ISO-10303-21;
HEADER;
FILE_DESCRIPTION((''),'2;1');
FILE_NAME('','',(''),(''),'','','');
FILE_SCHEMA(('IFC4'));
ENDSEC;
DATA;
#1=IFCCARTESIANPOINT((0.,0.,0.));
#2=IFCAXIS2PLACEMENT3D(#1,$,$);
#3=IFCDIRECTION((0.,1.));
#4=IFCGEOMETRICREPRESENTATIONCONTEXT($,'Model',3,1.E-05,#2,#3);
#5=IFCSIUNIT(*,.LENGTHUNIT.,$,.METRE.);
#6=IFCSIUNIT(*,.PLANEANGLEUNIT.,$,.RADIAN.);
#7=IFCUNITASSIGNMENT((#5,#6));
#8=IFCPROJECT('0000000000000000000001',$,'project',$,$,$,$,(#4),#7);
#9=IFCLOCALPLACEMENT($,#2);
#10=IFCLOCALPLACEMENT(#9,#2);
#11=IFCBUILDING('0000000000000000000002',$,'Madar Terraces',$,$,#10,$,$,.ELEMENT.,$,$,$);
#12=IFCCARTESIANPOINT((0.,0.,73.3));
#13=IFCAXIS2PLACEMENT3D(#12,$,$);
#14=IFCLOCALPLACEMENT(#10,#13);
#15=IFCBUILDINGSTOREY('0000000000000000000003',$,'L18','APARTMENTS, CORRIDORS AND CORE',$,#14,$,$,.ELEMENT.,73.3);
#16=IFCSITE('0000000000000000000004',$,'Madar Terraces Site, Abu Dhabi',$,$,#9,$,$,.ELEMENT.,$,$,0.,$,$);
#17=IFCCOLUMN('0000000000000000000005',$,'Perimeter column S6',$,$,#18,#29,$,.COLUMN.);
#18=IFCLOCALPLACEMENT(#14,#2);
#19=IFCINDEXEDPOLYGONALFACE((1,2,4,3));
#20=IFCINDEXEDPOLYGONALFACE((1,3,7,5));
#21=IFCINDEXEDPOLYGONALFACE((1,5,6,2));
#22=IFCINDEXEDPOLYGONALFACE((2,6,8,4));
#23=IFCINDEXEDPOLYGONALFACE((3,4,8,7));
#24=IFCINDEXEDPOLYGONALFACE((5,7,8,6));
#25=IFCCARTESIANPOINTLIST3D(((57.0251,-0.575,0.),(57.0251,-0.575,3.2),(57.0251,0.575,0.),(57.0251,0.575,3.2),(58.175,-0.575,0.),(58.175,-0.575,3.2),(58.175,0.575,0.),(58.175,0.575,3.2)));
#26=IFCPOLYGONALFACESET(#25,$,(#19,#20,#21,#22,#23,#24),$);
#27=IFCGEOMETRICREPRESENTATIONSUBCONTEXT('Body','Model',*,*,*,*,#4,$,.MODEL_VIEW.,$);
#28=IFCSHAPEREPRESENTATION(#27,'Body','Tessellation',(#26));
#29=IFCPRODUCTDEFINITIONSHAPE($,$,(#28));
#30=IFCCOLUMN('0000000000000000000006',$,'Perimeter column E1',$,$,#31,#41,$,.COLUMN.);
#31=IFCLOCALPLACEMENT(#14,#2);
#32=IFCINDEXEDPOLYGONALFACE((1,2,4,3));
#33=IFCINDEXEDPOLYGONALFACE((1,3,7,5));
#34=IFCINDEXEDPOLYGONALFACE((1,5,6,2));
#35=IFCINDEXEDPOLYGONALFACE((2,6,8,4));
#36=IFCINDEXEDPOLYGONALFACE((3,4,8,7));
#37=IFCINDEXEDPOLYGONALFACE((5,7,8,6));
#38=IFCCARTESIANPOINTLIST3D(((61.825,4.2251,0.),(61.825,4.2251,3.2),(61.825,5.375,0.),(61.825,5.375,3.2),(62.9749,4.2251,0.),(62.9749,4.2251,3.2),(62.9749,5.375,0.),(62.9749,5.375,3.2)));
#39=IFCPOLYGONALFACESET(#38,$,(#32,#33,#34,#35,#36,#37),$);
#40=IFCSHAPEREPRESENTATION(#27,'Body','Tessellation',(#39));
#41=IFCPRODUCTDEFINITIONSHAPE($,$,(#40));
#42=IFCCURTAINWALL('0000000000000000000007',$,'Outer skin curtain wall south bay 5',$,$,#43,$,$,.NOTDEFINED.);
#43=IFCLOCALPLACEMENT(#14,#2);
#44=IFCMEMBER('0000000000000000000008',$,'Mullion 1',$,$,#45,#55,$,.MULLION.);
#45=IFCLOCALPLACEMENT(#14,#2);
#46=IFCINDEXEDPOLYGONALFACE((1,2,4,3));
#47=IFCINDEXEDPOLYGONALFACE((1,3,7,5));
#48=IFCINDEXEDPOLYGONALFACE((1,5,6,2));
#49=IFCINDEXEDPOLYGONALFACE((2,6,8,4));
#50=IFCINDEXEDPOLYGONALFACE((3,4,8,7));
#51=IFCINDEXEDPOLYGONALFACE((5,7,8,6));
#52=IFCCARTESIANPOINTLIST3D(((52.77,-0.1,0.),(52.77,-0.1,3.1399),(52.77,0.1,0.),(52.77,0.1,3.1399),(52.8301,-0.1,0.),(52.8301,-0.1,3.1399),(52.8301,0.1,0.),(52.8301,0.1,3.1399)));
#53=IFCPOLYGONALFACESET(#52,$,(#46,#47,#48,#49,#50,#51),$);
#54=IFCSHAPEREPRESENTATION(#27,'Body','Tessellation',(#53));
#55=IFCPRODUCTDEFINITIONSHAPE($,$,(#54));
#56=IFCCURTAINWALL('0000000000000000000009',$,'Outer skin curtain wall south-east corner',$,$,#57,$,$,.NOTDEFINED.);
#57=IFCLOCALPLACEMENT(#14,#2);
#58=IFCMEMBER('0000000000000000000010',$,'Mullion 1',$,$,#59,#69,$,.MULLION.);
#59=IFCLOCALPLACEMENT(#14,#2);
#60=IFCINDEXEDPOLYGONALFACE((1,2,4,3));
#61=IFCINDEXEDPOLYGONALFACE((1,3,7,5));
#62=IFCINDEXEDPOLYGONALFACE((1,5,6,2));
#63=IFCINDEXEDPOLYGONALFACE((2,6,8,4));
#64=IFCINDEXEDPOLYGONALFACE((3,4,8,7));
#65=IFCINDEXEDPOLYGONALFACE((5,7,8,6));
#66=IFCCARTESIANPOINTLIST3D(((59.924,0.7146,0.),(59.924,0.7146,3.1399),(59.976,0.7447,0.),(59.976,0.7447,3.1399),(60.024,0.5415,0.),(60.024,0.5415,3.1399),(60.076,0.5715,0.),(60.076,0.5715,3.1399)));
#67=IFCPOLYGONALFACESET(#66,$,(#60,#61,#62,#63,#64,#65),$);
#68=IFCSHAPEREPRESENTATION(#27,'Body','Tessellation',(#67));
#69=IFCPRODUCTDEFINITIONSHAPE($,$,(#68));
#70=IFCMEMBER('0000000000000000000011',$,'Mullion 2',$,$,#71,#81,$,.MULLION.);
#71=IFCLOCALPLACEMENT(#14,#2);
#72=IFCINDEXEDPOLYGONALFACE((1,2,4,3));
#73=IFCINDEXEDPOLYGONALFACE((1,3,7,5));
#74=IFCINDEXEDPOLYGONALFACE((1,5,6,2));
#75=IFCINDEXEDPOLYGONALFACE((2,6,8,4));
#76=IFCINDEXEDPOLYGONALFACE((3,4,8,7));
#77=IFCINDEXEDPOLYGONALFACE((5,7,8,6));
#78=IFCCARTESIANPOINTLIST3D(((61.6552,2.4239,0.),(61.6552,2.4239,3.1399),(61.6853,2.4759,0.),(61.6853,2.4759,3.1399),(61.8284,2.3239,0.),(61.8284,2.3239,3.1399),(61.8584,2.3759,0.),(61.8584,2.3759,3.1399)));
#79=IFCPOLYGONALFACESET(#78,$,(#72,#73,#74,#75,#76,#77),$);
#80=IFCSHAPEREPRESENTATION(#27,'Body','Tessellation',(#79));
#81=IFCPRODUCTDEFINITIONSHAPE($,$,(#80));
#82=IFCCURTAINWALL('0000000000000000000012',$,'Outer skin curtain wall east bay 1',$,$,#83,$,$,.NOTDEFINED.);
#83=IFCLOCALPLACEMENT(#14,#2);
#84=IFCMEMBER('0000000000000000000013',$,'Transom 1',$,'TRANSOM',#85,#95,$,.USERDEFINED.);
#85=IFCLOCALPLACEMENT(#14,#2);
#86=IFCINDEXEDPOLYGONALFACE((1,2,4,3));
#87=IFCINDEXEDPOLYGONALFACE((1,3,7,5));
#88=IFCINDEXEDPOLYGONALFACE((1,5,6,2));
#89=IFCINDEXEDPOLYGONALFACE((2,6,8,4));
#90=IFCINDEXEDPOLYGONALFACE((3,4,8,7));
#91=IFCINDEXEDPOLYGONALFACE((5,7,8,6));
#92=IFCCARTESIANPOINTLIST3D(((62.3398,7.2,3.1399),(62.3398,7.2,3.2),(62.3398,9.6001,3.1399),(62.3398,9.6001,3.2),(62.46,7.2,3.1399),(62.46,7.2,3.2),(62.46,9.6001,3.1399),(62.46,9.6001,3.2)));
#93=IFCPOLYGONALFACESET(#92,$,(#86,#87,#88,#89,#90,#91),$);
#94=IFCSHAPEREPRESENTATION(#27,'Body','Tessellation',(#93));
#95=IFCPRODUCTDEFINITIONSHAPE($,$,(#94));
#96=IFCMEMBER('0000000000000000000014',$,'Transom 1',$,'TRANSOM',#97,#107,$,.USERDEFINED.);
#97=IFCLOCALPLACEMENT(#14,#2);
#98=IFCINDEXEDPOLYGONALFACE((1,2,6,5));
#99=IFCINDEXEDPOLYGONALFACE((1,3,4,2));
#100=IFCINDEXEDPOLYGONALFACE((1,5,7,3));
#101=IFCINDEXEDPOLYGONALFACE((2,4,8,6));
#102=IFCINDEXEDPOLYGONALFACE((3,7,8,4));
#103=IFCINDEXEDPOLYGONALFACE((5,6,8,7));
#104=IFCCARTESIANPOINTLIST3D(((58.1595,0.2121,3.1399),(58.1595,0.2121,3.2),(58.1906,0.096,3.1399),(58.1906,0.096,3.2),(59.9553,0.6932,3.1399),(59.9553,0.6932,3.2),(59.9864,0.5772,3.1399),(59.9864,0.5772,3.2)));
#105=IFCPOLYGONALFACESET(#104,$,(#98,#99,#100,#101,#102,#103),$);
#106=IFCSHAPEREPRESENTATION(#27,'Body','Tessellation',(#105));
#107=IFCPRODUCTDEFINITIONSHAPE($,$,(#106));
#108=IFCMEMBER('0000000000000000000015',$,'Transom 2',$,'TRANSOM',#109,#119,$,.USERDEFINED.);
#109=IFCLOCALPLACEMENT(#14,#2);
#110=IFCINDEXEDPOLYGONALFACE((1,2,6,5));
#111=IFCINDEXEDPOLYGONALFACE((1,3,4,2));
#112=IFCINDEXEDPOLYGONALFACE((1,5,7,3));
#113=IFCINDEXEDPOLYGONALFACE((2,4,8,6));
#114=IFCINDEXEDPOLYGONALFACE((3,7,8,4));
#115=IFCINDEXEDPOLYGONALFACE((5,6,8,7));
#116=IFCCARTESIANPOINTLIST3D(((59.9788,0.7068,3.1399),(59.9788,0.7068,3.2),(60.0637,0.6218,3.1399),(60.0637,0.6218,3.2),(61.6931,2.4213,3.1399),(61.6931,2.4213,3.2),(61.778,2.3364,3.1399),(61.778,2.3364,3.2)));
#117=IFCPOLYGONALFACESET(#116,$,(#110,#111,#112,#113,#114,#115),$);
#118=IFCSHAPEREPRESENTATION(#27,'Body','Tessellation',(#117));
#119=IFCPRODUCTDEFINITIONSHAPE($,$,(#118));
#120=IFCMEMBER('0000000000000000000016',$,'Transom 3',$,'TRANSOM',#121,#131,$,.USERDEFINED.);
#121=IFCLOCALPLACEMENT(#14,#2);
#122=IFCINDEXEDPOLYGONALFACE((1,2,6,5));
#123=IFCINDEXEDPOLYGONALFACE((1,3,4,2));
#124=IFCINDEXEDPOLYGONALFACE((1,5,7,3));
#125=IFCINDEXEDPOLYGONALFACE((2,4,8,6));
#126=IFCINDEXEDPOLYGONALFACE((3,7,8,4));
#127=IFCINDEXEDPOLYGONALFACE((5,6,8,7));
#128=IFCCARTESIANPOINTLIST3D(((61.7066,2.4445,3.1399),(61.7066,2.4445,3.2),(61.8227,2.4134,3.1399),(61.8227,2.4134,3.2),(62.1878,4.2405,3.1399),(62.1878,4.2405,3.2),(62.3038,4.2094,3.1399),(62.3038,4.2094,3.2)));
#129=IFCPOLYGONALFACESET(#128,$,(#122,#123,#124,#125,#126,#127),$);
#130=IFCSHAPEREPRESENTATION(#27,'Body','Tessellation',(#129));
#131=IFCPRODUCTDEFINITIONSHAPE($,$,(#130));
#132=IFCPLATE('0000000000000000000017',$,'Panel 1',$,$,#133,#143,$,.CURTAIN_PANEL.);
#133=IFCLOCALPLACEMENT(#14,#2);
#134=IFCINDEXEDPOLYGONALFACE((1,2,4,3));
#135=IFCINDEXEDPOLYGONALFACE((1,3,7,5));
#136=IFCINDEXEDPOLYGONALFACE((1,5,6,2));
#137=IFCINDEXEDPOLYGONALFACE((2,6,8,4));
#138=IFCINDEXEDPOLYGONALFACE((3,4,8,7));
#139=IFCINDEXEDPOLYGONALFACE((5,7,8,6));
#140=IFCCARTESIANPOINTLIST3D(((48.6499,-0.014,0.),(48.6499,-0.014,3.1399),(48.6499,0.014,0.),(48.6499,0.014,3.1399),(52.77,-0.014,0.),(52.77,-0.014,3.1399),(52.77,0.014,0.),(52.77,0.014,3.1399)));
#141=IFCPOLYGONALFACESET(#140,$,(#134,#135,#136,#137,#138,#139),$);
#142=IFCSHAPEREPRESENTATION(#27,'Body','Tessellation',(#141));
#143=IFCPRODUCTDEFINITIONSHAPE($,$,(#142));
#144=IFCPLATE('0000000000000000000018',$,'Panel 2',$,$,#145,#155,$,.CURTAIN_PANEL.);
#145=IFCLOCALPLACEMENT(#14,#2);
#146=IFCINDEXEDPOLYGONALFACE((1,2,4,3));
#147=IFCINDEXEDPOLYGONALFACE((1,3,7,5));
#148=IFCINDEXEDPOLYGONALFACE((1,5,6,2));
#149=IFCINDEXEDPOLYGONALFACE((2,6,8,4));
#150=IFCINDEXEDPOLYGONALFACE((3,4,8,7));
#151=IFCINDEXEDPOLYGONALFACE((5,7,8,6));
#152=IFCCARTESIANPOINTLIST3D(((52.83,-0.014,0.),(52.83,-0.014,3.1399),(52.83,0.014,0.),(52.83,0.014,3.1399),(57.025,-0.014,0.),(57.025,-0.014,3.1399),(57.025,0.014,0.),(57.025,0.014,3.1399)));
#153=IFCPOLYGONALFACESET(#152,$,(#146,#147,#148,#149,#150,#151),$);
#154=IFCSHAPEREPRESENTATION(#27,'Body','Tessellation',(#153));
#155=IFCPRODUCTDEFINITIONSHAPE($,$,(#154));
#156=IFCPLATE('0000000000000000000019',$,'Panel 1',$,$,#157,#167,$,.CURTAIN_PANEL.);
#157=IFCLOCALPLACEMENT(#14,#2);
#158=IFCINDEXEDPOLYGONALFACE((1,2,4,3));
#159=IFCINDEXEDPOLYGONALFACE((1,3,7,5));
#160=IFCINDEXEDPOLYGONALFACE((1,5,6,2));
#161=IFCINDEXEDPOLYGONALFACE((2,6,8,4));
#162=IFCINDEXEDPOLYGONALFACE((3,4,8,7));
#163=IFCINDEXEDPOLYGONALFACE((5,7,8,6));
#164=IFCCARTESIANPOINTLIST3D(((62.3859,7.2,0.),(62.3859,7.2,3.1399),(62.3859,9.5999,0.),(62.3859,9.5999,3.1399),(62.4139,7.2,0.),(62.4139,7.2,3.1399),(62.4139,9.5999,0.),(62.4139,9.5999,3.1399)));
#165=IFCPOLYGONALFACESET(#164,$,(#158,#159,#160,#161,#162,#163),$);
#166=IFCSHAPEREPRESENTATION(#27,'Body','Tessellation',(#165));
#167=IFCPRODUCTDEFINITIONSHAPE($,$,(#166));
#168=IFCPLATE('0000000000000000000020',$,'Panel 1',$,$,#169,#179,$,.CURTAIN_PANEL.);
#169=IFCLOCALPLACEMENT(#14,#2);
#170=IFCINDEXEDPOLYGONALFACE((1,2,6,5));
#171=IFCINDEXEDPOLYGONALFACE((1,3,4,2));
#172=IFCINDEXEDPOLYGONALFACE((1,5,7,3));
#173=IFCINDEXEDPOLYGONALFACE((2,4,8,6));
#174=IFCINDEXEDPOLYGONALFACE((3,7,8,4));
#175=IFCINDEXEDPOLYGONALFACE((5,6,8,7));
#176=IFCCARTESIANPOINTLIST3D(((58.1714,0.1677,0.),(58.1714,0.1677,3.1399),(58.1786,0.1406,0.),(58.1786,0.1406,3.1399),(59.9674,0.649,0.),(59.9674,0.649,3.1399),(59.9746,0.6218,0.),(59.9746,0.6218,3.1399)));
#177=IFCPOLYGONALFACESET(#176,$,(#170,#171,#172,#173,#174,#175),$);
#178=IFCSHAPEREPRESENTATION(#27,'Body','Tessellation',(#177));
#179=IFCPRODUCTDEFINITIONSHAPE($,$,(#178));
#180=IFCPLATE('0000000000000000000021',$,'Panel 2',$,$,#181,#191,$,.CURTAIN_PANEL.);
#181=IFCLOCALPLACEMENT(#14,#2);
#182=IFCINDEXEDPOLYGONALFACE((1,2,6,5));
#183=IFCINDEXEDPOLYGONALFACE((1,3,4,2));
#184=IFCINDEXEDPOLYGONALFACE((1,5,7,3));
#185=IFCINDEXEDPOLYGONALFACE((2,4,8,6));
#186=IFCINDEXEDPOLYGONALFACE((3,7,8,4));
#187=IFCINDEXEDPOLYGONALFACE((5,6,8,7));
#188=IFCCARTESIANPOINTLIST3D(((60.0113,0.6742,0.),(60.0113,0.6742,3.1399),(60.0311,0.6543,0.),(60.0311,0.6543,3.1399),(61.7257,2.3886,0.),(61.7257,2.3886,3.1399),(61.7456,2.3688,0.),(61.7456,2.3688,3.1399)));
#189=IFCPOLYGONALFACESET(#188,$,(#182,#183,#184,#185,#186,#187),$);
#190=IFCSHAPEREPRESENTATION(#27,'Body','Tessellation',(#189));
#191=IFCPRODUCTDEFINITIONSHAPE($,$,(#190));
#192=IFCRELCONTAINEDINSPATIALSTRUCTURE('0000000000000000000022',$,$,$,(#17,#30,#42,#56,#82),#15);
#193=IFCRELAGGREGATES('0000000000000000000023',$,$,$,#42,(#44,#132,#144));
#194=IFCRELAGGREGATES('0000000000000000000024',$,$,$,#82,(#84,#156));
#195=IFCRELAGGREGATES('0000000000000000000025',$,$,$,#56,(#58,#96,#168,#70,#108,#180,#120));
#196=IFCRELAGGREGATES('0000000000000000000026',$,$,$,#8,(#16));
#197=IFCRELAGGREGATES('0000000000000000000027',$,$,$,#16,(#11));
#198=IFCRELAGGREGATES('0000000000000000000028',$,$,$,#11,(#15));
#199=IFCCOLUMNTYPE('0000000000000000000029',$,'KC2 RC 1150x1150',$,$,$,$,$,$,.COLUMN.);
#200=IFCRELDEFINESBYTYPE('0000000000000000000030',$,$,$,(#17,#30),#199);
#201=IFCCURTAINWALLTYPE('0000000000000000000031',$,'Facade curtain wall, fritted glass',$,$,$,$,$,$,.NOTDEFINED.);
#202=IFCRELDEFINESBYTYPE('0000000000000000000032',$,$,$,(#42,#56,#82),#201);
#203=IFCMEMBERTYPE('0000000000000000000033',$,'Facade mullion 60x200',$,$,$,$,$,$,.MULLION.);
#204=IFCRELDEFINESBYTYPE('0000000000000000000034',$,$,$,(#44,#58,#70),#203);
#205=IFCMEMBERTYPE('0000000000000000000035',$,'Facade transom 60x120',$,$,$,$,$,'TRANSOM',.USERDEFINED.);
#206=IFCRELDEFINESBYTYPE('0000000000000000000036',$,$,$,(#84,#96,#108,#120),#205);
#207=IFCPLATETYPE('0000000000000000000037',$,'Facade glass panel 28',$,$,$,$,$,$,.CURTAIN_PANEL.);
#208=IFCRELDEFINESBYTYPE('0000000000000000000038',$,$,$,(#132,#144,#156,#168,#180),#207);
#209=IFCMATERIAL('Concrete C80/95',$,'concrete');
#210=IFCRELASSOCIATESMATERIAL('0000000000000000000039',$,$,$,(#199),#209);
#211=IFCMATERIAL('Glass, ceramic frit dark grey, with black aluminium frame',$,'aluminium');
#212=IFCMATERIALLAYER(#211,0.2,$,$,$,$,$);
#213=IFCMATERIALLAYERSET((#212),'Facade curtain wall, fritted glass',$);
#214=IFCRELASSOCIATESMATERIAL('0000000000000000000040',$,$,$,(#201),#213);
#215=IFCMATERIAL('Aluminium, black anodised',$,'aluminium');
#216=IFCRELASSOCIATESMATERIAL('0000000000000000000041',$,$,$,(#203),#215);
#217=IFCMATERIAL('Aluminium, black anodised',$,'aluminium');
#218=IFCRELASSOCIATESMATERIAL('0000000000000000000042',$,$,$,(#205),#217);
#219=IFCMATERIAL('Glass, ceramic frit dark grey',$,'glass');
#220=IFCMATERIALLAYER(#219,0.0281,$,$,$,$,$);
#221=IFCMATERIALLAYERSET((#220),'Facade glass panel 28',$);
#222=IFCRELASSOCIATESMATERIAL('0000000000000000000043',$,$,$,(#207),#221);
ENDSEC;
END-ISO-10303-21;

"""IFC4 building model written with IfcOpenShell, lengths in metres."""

from ifc_helpers import new_model, si_unit, direction, frame, origin, origin_2d, place, context, subcontext, project, spatial, rectangle, extrude, material, layer, layer_set, material_profile, profile_set, type_object, element, aggregate, save


model = new_model("IFC4")

# Units and contexts
model_context = context("Model", 3, precision=1e-05, world=origin(), true_north=direction((0.0, 1.0)))
body_context = subcontext(model_context, "Body", "Model", "MODEL_VIEW")
ifc_project = project(units=[si_unit("LENGTHUNIT", "METRE"), si_unit("PLANEANGLEUNIT", "RADIAN")], contexts=[model_context])

# Site, building, storey
site_placement = place(None, origin())
site = spatial("IfcSite", under=ifc_project, at=site_placement, Name="Madar Terraces Site, Abu Dhabi", CompositionType="ELEMENT", RefElevation=0.0)
building_placement = place(site_placement, origin())
building = spatial("IfcBuilding", under=site, at=building_placement, Name="Madar Terraces", CompositionType="ELEMENT")
storey_placement = place(building_placement, frame((0.0, 0.0, 73.3)))
storey = spatial("IfcBuildingStorey", under=building, at=storey_placement, Name="L18", Description="APARTMENTS, CORRIDORS AND CORE", CompositionType="ELEMENT", Elevation=73.3)

# Columns
ifc_material_1 = material(Name="Concrete C80/95", Category="concrete")
ifc_material_profile_1 = material_profile(ifc_material_1, rectangle(XDim=1.1499, YDim=1.1499, at=origin_2d()), Name="KC2 RC 1150x1150")
ifc_profile_set_1 = profile_set([ifc_material_profile_1], Name="Concrete C80/95")
column_type = type_object("IfcColumnType", Name="KC2 RC 1150x1150", PredefinedType="COLUMN", material=ifc_profile_set_1)
for number, where, z_axis, x_axis, name in (
    (1, (57.6001, 0.0, 0.0), (0.0, 0.0, 1.0), (1.0, 0.0, 0.0), "Perimeter column S6"),
    (2, (62.3999, 4.8, 0.0), (0.0, 0.0, 1.0), (1.0, 0.0, 0.0), "Perimeter column E1"),
):
    element("IfcColumn", number, at=place(storey_placement, frame(where, z_axis=z_axis, x_axis=x_axis)), inside=storey, type_object=column_type, Name=name, PredefinedType="COLUMN", context=body_context, shape_type="SweptSolid", body=[
        extrude(rectangle(XDim=1.1499, YDim=1.1499, at=origin_2d()), origin(), (0.0, 0.0, 1.0), 3.2),
    ])

# Curtain wall, member
ifc_material_2 = material(Name="Glass, ceramic frit dark grey, with black aluminium frame", Category="aluminium")
ifc_layer_1 = layer(ifc_material_2, 0.2)
ifc_layer_set_1 = layer_set([ifc_layer_1], Name="Facade curtain wall, fritted glass")
curtain_wall_type = type_object("IfcCurtainWallType", Name="Facade curtain wall, fritted glass", PredefinedType="NOTDEFINED", material=ifc_layer_set_1)
curtain_wall_1_placement = place(storey_placement, origin())
curtain_wall_1 = element("IfcCurtainWall", 3, at=curtain_wall_1_placement, inside=storey, type_object=curtain_wall_type, Name="Outer skin curtain wall south bay 5", PredefinedType="NOTDEFINED")
ifc_material_3 = material(Name="Aluminium, black anodised", Category="aluminium")
ifc_material_profile_2 = material_profile(ifc_material_3, rectangle(XDim=0.2, YDim=0.0601, at=origin_2d()), Name="Facade mullion 60x200")
ifc_profile_set_2 = profile_set([ifc_material_profile_2], Name="Aluminium, black anodised")
member_type_1 = type_object("IfcMemberType", Name="Facade mullion 60x200", PredefinedType="MULLION", material=ifc_profile_set_2)
member_1_placement = place(storey_placement, frame((52.8, 0.0, 0.0), z_axis=(0.0, 0.0, 1.0), x_axis=(0.0, 1.0, 0.0)))
member_1 = element("IfcMember", 4, at=member_1_placement, type_object=member_type_1, Name="Mullion 1", PredefinedType="MULLION", context=body_context, shape_type="SweptSolid", body=[
    extrude(rectangle(XDim=0.2, YDim=0.0601, at=origin_2d()), origin(), (0.0, 0.0, 1.0), 3.1399),
])

# Curtain wall, members
curtain_wall_2_placement = place(storey_placement, origin())
curtain_wall_2 = element("IfcCurtainWall", 5, at=curtain_wall_2_placement, inside=storey, type_object=curtain_wall_type, Name="Outer skin curtain wall south-east corner", PredefinedType="NOTDEFINED")
member_2_placement = place(storey_placement, frame((60.0, 0.6431, 0.0), z_axis=(0.0, 0.0, 1.0), x_axis=(-0.5, 0.866025, 0.0)))
member_2 = element("IfcMember", 6, at=member_2_placement, type_object=member_type_1, Name="Mullion 1", PredefinedType="MULLION", context=body_context, shape_type="SweptSolid", body=[
    extrude(rectangle(XDim=0.2, YDim=0.0601, at=origin_2d()), origin(), (0.0, 0.0, 1.0), 3.1399),
])
member_3_placement = place(storey_placement, frame((61.7568, 2.3999, 0.0), z_axis=(0.0, 0.0, 1.0), x_axis=(-0.866025, 0.5, 0.0)))
member_3 = element("IfcMember", 7, at=member_3_placement, type_object=member_type_1, Name="Mullion 2", PredefinedType="MULLION", context=body_context, shape_type="SweptSolid", body=[
    extrude(rectangle(XDim=0.2, YDim=0.0601, at=origin_2d()), origin(), (0.0, 0.0, 1.0), 3.1399),
])

# Curtain wall, member
curtain_wall_3_placement = place(storey_placement, origin())
curtain_wall_3 = element("IfcCurtainWall", 8, at=curtain_wall_3_placement, inside=storey, type_object=curtain_wall_type, Name="Outer skin curtain wall east bay 1", PredefinedType="NOTDEFINED")
ifc_material_4 = material(Name="Aluminium, black anodised", Category="aluminium")
ifc_material_profile_3 = material_profile(ifc_material_4, rectangle(XDim=0.1201, YDim=0.0601, at=origin_2d()), Name="Facade transom 60x120")
ifc_profile_set_3 = profile_set([ifc_material_profile_3], Name="Aluminium, black anodised")
member_type_2 = type_object("IfcMemberType", Name="Facade transom 60x120", ElementType="TRANSOM", PredefinedType="USERDEFINED", material=ifc_profile_set_3)
member_4_placement = place(storey_placement, frame((62.3999, 7.2, 3.1699), z_axis=(0.0, 1.0, 0.0), x_axis=(-1.0, 0.0, 0.0)))
member_4 = element("IfcMember", 9, at=member_4_placement, type_object=member_type_2, Name="Transom 1", ObjectType="TRANSOM", PredefinedType="USERDEFINED", context=body_context, shape_type="SweptSolid", body=[
    extrude(rectangle(XDim=0.1201, YDim=0.0601, at=origin_2d()), origin(), (0.0, 0.0, 1.0), 2.4001),
])

# Members
member_5_placement = place(storey_placement, frame((58.175, 0.1541, 3.1699), z_axis=(0.965927, 0.258815, 0.0), x_axis=(-0.258815, 0.965927, 0.0)))
member_5 = element("IfcMember", 10, at=member_5_placement, type_object=member_type_2, Name="Transom 1", ObjectType="TRANSOM", PredefinedType="USERDEFINED", context=body_context, shape_type="SweptSolid", body=[
    extrude(rectangle(XDim=0.1201, YDim=0.0601, at=origin_2d()), origin(), (0.0, 0.0, 1.0), 1.8591),
])
member_6_placement = place(storey_placement, frame((60.0212, 0.6643, 3.1699), z_axis=(0.707056, 0.707157, 0.0), x_axis=(-0.707157, 0.707056, 0.0)))
member_6 = element("IfcMember", 11, at=member_6_placement, type_object=member_type_2, Name="Transom 2", ObjectType="TRANSOM", PredefinedType="USERDEFINED", context=body_context, shape_type="SweptSolid", body=[
    extrude(rectangle(XDim=0.1201, YDim=0.0601, at=origin_2d()), origin(), (0.0, 0.0, 1.0), 2.4246),
])
member_7_placement = place(storey_placement, frame((61.7646, 2.429, 3.1699), z_axis=(0.258782, 0.965936, 0.0), x_axis=(-0.965936, 0.258782, 0.0)))
member_7 = element("IfcMember", 12, at=member_7_placement, type_object=member_type_2, Name="Transom 3", ObjectType="TRANSOM", PredefinedType="USERDEFINED", context=body_context, shape_type="SweptSolid", body=[
    extrude(rectangle(XDim=0.1201, YDim=0.0601, at=origin_2d()), origin(), (0.0, 0.0, 1.0), 1.8594),
])

# Plates
ifc_material_5 = material(Name="Glass, ceramic frit dark grey", Category="glass")
ifc_layer_2 = layer(ifc_material_5, 0.0281)
ifc_layer_set_2 = layer_set([ifc_layer_2], Name="Facade glass panel 28")
plate_type = type_object("IfcPlateType", Name="Facade glass panel 28", PredefinedType="CURTAIN_PANEL", material=ifc_layer_set_2)
plate_1_placement = place(storey_placement, frame((50.71, 0.0, 0.0), z_axis=(0.0, 0.0, 1.0), x_axis=(1.0, 0.0, 0.0)))
plate_1 = element("IfcPlate", 13, at=plate_1_placement, type_object=plate_type, Name="Panel 1", PredefinedType="CURTAIN_PANEL", context=body_context, shape_type="SweptSolid", body=[
    extrude(rectangle(XDim=4.1201, YDim=0.0281, at=origin_2d()), origin(), (0.0, 0.0, 1.0), 3.1399),
])
plate_2_placement = place(storey_placement, frame((54.9275, 0.0, 0.0), z_axis=(0.0, 0.0, 1.0), x_axis=(1.0, 0.0, 0.0)))
plate_2 = element("IfcPlate", 14, at=plate_2_placement, type_object=plate_type, Name="Panel 2", PredefinedType="CURTAIN_PANEL", context=body_context, shape_type="SweptSolid", body=[
    extrude(rectangle(XDim=4.1951, YDim=0.0281, at=origin_2d()), origin(), (0.0, 0.0, 1.0), 3.1399),
])
aggregate(curtain_wall_1, [member_1, plate_1, plate_2])
plate_3_placement = place(storey_placement, frame((62.3999, 8.3999, 0.0), z_axis=(0.0, 0.0, 1.0), x_axis=(0.0, 1.0, 0.0)))
plate_3 = element("IfcPlate", 15, at=plate_3_placement, type_object=plate_type, Name="Panel 1", PredefinedType="CURTAIN_PANEL", context=body_context, shape_type="SweptSolid", body=[
    extrude(rectangle(XDim=2.3999, YDim=0.0281, at=origin_2d()), origin(), (0.0, 0.0, 1.0), 3.1399),
])
aggregate(curtain_wall_3, [member_4, plate_3])
plate_4_placement = place(storey_placement, frame((59.073, 0.3948, 0.0), z_axis=(0.0, 0.0, 1.0), x_axis=(0.965926, 0.258819, 0.0)))
plate_4 = element("IfcPlate", 16, at=plate_4_placement, type_object=plate_type, Name="Panel 1", PredefinedType="CURTAIN_PANEL", context=body_context, shape_type="SweptSolid", body=[
    extrude(rectangle(XDim=1.8594, YDim=0.0281, at=origin_2d()), origin(), (0.0, 0.0, 1.0), 3.1399),
])
plate_5_placement = place(storey_placement, frame((60.8784, 1.5215, 0.0), z_axis=(0.0, 0.0, 1.0), x_axis=(0.707107, 0.707107, 0.0)))
plate_5 = element("IfcPlate", 17, at=plate_5_placement, type_object=plate_type, Name="Panel 2", PredefinedType="CURTAIN_PANEL", context=body_context, shape_type="SweptSolid", body=[
    extrude(rectangle(XDim=2.4246, YDim=0.0281, at=origin_2d()), origin(), (0.0, 0.0, 1.0), 3.1399),
])
aggregate(curtain_wall_2, [member_2, member_5, plate_4, member_3, member_6, plate_5, member_7])

save(model, "model.ifc")
